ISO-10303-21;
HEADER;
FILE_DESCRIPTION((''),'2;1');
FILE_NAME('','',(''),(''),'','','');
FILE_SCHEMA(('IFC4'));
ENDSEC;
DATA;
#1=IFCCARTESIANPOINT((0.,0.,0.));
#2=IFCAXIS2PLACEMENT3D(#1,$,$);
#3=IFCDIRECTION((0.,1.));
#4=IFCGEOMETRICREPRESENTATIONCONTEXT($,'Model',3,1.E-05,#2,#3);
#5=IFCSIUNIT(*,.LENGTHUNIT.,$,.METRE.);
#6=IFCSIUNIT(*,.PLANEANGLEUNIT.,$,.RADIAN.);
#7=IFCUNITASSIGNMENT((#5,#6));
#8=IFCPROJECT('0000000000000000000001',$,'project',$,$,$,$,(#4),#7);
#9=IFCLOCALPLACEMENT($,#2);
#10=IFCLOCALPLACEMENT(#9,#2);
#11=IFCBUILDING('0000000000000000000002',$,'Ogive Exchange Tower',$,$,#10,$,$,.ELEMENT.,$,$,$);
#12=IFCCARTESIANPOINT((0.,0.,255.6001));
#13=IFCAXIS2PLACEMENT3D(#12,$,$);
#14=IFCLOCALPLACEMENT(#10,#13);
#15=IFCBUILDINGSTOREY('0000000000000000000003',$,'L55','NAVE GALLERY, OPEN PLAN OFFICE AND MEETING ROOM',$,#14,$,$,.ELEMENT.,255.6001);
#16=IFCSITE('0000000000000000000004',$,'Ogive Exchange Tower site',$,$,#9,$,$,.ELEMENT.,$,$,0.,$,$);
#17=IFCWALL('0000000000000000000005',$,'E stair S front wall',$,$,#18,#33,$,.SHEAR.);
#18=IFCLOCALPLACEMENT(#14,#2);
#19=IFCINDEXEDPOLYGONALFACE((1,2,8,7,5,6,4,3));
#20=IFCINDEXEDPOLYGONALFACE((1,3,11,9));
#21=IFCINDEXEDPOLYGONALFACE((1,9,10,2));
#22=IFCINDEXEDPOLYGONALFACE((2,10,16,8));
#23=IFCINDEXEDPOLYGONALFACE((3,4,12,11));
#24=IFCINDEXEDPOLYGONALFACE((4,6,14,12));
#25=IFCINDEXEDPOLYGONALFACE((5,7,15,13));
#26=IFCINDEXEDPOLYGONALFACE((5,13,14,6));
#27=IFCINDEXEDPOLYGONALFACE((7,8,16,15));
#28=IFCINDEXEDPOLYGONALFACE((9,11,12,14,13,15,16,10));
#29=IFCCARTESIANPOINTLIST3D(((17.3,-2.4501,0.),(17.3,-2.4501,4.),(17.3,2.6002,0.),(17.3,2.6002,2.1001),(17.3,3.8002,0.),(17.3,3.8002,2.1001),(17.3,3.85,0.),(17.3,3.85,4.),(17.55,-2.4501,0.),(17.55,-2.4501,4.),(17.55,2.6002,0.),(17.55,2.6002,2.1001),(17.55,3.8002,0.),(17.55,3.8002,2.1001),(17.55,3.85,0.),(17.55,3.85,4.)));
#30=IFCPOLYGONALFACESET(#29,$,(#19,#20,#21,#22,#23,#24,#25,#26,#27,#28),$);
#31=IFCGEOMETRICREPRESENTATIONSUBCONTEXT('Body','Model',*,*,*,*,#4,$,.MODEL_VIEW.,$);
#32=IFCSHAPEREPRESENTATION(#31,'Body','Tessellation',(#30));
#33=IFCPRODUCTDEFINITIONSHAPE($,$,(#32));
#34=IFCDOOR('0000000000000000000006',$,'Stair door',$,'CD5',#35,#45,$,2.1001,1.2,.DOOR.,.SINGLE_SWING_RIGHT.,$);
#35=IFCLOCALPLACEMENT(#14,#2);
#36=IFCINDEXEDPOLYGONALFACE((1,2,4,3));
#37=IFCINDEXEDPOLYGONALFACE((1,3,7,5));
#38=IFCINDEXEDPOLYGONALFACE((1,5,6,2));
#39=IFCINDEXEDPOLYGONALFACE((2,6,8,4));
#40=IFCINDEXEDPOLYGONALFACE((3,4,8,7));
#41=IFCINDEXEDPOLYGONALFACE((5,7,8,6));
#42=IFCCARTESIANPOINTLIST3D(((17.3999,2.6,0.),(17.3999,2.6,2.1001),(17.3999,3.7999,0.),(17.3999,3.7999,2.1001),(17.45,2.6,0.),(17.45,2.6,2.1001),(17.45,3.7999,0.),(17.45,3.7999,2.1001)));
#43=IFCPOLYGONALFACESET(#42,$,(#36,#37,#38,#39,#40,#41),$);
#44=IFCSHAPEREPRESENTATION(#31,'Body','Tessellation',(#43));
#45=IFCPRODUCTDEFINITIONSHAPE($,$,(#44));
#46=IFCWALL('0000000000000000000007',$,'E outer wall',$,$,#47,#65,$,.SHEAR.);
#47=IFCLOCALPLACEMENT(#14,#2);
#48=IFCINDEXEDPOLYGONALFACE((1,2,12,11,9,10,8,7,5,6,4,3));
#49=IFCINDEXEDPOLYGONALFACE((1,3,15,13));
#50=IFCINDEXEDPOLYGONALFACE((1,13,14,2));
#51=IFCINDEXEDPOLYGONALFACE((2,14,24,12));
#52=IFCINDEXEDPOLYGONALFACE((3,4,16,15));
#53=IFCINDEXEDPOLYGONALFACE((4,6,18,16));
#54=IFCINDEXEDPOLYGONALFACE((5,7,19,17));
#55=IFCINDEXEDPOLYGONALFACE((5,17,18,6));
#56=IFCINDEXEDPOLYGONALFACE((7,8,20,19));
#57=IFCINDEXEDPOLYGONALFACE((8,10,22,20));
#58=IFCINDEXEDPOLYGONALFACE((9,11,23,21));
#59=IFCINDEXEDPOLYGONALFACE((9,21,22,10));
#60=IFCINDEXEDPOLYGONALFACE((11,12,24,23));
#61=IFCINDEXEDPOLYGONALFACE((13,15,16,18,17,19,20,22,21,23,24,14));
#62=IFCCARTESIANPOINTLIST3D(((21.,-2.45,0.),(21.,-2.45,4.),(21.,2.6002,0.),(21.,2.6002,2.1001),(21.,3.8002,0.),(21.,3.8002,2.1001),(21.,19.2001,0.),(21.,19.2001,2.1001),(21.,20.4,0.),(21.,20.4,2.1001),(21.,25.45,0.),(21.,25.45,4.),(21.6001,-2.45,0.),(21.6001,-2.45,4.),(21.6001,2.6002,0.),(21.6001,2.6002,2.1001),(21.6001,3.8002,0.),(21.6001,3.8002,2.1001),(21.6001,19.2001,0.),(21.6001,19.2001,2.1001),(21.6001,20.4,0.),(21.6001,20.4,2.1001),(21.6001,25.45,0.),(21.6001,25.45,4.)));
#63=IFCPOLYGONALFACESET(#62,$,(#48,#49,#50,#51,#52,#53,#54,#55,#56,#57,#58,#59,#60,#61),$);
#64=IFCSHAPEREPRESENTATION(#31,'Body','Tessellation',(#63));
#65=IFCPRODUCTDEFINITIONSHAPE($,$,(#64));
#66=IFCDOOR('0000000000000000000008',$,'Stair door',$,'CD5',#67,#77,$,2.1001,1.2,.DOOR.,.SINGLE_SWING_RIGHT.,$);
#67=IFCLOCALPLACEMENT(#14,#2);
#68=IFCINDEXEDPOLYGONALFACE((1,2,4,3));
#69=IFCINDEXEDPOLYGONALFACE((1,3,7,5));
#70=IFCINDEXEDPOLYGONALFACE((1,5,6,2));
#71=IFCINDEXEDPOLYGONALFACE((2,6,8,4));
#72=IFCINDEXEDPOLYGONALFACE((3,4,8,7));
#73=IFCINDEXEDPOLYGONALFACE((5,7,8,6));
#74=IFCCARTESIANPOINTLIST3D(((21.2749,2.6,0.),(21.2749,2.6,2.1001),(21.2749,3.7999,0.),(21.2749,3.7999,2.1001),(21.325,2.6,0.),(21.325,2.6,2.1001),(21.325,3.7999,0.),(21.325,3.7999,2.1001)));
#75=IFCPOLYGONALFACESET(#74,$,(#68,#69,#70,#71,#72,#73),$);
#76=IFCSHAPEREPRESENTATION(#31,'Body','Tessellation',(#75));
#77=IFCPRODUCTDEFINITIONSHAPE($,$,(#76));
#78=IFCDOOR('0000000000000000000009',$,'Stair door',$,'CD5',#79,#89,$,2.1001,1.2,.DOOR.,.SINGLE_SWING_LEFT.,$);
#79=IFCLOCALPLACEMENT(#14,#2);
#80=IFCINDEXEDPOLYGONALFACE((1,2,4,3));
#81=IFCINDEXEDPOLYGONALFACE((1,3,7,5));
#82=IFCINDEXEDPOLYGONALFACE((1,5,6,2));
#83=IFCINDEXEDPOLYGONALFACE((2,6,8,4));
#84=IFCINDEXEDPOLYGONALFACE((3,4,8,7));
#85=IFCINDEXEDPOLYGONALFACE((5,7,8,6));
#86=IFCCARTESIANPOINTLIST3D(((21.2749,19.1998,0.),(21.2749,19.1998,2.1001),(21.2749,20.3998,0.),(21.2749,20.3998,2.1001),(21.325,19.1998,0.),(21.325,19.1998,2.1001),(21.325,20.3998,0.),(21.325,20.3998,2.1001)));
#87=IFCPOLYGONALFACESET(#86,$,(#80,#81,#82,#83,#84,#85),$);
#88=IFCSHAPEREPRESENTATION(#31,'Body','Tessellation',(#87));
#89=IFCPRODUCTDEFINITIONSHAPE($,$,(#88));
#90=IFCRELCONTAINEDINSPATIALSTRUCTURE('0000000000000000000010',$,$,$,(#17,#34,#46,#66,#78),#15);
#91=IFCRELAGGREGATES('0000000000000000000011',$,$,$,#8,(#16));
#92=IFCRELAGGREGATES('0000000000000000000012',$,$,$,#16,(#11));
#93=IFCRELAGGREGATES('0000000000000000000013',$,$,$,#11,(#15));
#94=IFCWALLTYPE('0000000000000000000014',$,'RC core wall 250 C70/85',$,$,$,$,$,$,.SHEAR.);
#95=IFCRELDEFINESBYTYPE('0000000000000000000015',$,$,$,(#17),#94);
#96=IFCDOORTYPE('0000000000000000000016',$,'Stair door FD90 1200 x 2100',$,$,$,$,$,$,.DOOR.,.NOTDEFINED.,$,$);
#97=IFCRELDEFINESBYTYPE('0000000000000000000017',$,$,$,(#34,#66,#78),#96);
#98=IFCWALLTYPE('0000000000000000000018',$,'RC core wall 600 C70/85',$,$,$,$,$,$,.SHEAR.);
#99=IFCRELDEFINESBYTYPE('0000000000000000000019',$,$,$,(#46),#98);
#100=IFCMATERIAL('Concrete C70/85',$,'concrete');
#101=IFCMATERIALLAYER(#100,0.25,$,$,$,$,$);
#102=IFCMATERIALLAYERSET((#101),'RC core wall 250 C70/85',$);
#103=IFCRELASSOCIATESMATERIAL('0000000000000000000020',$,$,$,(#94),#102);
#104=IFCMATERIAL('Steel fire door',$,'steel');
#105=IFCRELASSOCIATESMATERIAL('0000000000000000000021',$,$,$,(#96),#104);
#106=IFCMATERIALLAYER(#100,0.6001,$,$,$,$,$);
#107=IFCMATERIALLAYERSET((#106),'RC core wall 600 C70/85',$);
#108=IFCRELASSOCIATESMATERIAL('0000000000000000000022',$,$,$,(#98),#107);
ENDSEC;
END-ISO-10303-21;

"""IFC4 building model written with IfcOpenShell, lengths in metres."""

from ifc_helpers import new_model, si_unit, direction, frame, frame_2d, origin, place, context, subcontext, project, spatial, rectangle, extrude, material, layer, layer_set, type_object, element, fill, save


model = new_model("IFC4")

# Units and contexts
model_context = context("Model", 3, precision=1e-05, world=origin(), true_north=direction((0.0, 1.0)))
body_context = subcontext(model_context, "Body", "Model", "MODEL_VIEW")
ifc_project = project(units=[si_unit("LENGTHUNIT", "METRE"), si_unit("PLANEANGLEUNIT", "RADIAN")], contexts=[model_context])

# Site, building, storey
site_placement = place(None, origin())
site = spatial("IfcSite", under=ifc_project, at=site_placement, Name="Ogive Exchange Tower site", CompositionType="ELEMENT", RefElevation=0.0)
building_placement = place(site_placement, origin())
building = spatial("IfcBuilding", under=site, at=building_placement, Name="Ogive Exchange Tower", CompositionType="ELEMENT")
storey_placement = place(building_placement, frame((0.0, 0.0, 255.6001)))
storey = spatial("IfcBuildingStorey", under=building, at=storey_placement, Name="L55", Description="NAVE GALLERY, OPEN PLAN OFFICE AND MEETING ROOM", CompositionType="ELEMENT", Elevation=255.6001)

# Wall, opening, door
ifc_material_1 = material(Name="Concrete C70/85", Category="concrete")
ifc_layer_1 = layer(ifc_material_1, 0.25)
ifc_layer_set_1 = layer_set([ifc_layer_1], Name="RC core wall 250 C70/85")
wall_type_1 = type_object("IfcWallType", Name="RC core wall 250 C70/85", PredefinedType="SHEAR", material=ifc_layer_set_1)
wall_1_placement = place(storey_placement, frame((17.425, -2.45, 0.0), z_axis=(0.0, 0.0, 1.0), x_axis=(0.0, 1.0, 0.0)))
wall_1 = element("IfcWall", 1, at=wall_1_placement, inside=storey, type_object=wall_type_1, Name="E stair S front wall", PredefinedType="SHEAR", context=body_context, shape_type="SweptSolid", body=[
    extrude(rectangle(XDim=6.3, YDim=0.25, at=frame_2d((3.1499, 0.0))), origin(), (0.0, 0.0, 1.0), 4.0),
])
opening_1_placement = place(wall_1_placement, frame((5.05, 0.0, 0.0)))
opening_1 = element("IfcOpeningElement", 2, at=opening_1_placement, cuts=wall_1, PredefinedType="OPENING", context=body_context, shape_type="SweptSolid", body=[
    extrude(rectangle(XDim=1.2, YDim=2.1001, at=frame_2d((0.6001, 1.05))), frame((0.0, 0.135, 0.0), z_axis=(0.0, -1.0, 0.0), x_axis=(1.0, 0.0, 0.0)), (0.0, 0.0, 1.0), 0.27),
])
ifc_material_2 = material(Name="Steel fire door", Category="steel")
door_type_1 = type_object("IfcDoorType", Name="Stair door FD90 1200 x 2100", OperationType="NOTDEFINED", PredefinedType="DOOR", material=ifc_material_2)
door_1_placement = place(opening_1_placement, frame((1.2, 0.0, 0.0), z_axis=(0.0, 0.0, 1.0), x_axis=(-1.0, 0.0, 0.0)))
door_1 = element("IfcDoor", 3, at=door_1_placement, inside=storey, type_object=door_type_1, Name="Stair door", ObjectType="CD5", OperationType="SINGLE_SWING_RIGHT", OverallHeight=2.1001, OverallWidth=1.2, PredefinedType="DOOR", context=body_context, shape_type="SweptSolid", body=[
    extrude(rectangle(XDim=1.2, YDim=2.1001, at=frame_2d((0.6001, 1.05))), frame((0.0, 0.0249, 0.0), z_axis=(0.0, -1.0, 0.0), x_axis=(1.0, 0.0, 0.0)), (0.0, 0.0, 1.0), 0.05),
])
fill(opening_1, door_1)

# Wall, openings, doors
ifc_layer_2 = layer(ifc_material_1, 0.6001)
ifc_layer_set_2 = layer_set([ifc_layer_2], Name="RC core wall 600 C70/85")
wall_type_2 = type_object("IfcWallType", Name="RC core wall 600 C70/85", PredefinedType="SHEAR", material=ifc_layer_set_2)
wall_2_placement = place(storey_placement, frame((21.3, -2.45, 0.0), z_axis=(0.0, 0.0, 1.0), x_axis=(0.0, 1.0, 0.0)))
wall_2 = element("IfcWall", 4, at=wall_2_placement, inside=storey, type_object=wall_type_2, Name="E outer wall", PredefinedType="SHEAR", context=body_context, shape_type="SweptSolid", body=[
    extrude(rectangle(XDim=27.8999, YDim=0.6001, at=frame_2d((13.95, 0.0))), origin(), (0.0, 0.0, 1.0), 4.0),
])
opening_2_placement = place(wall_2_placement, frame((5.05, 0.0, 0.0)))
opening_2 = element("IfcOpeningElement", 5, at=opening_2_placement, cuts=wall_2, PredefinedType="OPENING", context=body_context, shape_type="SweptSolid", body=[
    extrude(rectangle(XDim=1.2, YDim=2.1001, at=frame_2d((0.6001, 1.05))), frame((0.0, 0.3101, 0.0), z_axis=(0.0, -1.0, 0.0), x_axis=(1.0, 0.0, 0.0)), (0.0, 0.0, 1.0), 0.6201),
])
opening_3_placement = place(wall_2_placement, frame((21.6499, 0.0, 0.0)))
opening_3 = element("IfcOpeningElement", 6, at=opening_3_placement, cuts=wall_2, PredefinedType="OPENING", context=body_context, shape_type="SweptSolid", body=[
    extrude(rectangle(XDim=1.2, YDim=2.1001, at=frame_2d((0.6001, 1.05))), frame((0.0, 0.3101, 0.0), z_axis=(0.0, -1.0, 0.0), x_axis=(1.0, 0.0, 0.0)), (0.0, 0.0, 1.0), 0.6201),
])
door_2_placement = place(opening_2_placement, frame((1.2, 0.0, 0.0), z_axis=(0.0, 0.0, 1.0), x_axis=(-1.0, 0.0, 0.0)))
door_2 = element("IfcDoor", 7, at=door_2_placement, inside=storey, type_object=door_type_1, Name="Stair door", ObjectType="CD5", OperationType="SINGLE_SWING_RIGHT", OverallHeight=2.1001, OverallWidth=1.2, PredefinedType="DOOR", context=body_context, shape_type="SweptSolid", body=[
    extrude(rectangle(XDim=1.2, YDim=2.1001, at=frame_2d((0.6001, 1.05))), frame((0.0, 0.0249, 0.0), z_axis=(0.0, -1.0, 0.0), x_axis=(1.0, 0.0, 0.0)), (0.0, 0.0, 1.0), 0.05),
])
fill(opening_2, door_2)
door_3_placement = place(opening_3_placement, frame((1.2, 0.0, 0.0), z_axis=(0.0, 0.0, 1.0), x_axis=(-1.0, 0.0, 0.0)))
door_3 = element("IfcDoor", 8, at=door_3_placement, inside=storey, type_object=door_type_1, Name="Stair door", ObjectType="CD5", OperationType="SINGLE_SWING_LEFT", OverallHeight=2.1001, OverallWidth=1.2, PredefinedType="DOOR", context=body_context, shape_type="SweptSolid", body=[
    extrude(rectangle(XDim=1.2, YDim=2.1001, at=frame_2d((0.6001, 1.05))), frame((0.0, 0.0249, 0.0), z_axis=(0.0, -1.0, 0.0), x_axis=(1.0, 0.0, 0.0)), (0.0, 0.0, 1.0), 0.05),
])
fill(opening_3, door_3)

save(model, "model.ifc")
